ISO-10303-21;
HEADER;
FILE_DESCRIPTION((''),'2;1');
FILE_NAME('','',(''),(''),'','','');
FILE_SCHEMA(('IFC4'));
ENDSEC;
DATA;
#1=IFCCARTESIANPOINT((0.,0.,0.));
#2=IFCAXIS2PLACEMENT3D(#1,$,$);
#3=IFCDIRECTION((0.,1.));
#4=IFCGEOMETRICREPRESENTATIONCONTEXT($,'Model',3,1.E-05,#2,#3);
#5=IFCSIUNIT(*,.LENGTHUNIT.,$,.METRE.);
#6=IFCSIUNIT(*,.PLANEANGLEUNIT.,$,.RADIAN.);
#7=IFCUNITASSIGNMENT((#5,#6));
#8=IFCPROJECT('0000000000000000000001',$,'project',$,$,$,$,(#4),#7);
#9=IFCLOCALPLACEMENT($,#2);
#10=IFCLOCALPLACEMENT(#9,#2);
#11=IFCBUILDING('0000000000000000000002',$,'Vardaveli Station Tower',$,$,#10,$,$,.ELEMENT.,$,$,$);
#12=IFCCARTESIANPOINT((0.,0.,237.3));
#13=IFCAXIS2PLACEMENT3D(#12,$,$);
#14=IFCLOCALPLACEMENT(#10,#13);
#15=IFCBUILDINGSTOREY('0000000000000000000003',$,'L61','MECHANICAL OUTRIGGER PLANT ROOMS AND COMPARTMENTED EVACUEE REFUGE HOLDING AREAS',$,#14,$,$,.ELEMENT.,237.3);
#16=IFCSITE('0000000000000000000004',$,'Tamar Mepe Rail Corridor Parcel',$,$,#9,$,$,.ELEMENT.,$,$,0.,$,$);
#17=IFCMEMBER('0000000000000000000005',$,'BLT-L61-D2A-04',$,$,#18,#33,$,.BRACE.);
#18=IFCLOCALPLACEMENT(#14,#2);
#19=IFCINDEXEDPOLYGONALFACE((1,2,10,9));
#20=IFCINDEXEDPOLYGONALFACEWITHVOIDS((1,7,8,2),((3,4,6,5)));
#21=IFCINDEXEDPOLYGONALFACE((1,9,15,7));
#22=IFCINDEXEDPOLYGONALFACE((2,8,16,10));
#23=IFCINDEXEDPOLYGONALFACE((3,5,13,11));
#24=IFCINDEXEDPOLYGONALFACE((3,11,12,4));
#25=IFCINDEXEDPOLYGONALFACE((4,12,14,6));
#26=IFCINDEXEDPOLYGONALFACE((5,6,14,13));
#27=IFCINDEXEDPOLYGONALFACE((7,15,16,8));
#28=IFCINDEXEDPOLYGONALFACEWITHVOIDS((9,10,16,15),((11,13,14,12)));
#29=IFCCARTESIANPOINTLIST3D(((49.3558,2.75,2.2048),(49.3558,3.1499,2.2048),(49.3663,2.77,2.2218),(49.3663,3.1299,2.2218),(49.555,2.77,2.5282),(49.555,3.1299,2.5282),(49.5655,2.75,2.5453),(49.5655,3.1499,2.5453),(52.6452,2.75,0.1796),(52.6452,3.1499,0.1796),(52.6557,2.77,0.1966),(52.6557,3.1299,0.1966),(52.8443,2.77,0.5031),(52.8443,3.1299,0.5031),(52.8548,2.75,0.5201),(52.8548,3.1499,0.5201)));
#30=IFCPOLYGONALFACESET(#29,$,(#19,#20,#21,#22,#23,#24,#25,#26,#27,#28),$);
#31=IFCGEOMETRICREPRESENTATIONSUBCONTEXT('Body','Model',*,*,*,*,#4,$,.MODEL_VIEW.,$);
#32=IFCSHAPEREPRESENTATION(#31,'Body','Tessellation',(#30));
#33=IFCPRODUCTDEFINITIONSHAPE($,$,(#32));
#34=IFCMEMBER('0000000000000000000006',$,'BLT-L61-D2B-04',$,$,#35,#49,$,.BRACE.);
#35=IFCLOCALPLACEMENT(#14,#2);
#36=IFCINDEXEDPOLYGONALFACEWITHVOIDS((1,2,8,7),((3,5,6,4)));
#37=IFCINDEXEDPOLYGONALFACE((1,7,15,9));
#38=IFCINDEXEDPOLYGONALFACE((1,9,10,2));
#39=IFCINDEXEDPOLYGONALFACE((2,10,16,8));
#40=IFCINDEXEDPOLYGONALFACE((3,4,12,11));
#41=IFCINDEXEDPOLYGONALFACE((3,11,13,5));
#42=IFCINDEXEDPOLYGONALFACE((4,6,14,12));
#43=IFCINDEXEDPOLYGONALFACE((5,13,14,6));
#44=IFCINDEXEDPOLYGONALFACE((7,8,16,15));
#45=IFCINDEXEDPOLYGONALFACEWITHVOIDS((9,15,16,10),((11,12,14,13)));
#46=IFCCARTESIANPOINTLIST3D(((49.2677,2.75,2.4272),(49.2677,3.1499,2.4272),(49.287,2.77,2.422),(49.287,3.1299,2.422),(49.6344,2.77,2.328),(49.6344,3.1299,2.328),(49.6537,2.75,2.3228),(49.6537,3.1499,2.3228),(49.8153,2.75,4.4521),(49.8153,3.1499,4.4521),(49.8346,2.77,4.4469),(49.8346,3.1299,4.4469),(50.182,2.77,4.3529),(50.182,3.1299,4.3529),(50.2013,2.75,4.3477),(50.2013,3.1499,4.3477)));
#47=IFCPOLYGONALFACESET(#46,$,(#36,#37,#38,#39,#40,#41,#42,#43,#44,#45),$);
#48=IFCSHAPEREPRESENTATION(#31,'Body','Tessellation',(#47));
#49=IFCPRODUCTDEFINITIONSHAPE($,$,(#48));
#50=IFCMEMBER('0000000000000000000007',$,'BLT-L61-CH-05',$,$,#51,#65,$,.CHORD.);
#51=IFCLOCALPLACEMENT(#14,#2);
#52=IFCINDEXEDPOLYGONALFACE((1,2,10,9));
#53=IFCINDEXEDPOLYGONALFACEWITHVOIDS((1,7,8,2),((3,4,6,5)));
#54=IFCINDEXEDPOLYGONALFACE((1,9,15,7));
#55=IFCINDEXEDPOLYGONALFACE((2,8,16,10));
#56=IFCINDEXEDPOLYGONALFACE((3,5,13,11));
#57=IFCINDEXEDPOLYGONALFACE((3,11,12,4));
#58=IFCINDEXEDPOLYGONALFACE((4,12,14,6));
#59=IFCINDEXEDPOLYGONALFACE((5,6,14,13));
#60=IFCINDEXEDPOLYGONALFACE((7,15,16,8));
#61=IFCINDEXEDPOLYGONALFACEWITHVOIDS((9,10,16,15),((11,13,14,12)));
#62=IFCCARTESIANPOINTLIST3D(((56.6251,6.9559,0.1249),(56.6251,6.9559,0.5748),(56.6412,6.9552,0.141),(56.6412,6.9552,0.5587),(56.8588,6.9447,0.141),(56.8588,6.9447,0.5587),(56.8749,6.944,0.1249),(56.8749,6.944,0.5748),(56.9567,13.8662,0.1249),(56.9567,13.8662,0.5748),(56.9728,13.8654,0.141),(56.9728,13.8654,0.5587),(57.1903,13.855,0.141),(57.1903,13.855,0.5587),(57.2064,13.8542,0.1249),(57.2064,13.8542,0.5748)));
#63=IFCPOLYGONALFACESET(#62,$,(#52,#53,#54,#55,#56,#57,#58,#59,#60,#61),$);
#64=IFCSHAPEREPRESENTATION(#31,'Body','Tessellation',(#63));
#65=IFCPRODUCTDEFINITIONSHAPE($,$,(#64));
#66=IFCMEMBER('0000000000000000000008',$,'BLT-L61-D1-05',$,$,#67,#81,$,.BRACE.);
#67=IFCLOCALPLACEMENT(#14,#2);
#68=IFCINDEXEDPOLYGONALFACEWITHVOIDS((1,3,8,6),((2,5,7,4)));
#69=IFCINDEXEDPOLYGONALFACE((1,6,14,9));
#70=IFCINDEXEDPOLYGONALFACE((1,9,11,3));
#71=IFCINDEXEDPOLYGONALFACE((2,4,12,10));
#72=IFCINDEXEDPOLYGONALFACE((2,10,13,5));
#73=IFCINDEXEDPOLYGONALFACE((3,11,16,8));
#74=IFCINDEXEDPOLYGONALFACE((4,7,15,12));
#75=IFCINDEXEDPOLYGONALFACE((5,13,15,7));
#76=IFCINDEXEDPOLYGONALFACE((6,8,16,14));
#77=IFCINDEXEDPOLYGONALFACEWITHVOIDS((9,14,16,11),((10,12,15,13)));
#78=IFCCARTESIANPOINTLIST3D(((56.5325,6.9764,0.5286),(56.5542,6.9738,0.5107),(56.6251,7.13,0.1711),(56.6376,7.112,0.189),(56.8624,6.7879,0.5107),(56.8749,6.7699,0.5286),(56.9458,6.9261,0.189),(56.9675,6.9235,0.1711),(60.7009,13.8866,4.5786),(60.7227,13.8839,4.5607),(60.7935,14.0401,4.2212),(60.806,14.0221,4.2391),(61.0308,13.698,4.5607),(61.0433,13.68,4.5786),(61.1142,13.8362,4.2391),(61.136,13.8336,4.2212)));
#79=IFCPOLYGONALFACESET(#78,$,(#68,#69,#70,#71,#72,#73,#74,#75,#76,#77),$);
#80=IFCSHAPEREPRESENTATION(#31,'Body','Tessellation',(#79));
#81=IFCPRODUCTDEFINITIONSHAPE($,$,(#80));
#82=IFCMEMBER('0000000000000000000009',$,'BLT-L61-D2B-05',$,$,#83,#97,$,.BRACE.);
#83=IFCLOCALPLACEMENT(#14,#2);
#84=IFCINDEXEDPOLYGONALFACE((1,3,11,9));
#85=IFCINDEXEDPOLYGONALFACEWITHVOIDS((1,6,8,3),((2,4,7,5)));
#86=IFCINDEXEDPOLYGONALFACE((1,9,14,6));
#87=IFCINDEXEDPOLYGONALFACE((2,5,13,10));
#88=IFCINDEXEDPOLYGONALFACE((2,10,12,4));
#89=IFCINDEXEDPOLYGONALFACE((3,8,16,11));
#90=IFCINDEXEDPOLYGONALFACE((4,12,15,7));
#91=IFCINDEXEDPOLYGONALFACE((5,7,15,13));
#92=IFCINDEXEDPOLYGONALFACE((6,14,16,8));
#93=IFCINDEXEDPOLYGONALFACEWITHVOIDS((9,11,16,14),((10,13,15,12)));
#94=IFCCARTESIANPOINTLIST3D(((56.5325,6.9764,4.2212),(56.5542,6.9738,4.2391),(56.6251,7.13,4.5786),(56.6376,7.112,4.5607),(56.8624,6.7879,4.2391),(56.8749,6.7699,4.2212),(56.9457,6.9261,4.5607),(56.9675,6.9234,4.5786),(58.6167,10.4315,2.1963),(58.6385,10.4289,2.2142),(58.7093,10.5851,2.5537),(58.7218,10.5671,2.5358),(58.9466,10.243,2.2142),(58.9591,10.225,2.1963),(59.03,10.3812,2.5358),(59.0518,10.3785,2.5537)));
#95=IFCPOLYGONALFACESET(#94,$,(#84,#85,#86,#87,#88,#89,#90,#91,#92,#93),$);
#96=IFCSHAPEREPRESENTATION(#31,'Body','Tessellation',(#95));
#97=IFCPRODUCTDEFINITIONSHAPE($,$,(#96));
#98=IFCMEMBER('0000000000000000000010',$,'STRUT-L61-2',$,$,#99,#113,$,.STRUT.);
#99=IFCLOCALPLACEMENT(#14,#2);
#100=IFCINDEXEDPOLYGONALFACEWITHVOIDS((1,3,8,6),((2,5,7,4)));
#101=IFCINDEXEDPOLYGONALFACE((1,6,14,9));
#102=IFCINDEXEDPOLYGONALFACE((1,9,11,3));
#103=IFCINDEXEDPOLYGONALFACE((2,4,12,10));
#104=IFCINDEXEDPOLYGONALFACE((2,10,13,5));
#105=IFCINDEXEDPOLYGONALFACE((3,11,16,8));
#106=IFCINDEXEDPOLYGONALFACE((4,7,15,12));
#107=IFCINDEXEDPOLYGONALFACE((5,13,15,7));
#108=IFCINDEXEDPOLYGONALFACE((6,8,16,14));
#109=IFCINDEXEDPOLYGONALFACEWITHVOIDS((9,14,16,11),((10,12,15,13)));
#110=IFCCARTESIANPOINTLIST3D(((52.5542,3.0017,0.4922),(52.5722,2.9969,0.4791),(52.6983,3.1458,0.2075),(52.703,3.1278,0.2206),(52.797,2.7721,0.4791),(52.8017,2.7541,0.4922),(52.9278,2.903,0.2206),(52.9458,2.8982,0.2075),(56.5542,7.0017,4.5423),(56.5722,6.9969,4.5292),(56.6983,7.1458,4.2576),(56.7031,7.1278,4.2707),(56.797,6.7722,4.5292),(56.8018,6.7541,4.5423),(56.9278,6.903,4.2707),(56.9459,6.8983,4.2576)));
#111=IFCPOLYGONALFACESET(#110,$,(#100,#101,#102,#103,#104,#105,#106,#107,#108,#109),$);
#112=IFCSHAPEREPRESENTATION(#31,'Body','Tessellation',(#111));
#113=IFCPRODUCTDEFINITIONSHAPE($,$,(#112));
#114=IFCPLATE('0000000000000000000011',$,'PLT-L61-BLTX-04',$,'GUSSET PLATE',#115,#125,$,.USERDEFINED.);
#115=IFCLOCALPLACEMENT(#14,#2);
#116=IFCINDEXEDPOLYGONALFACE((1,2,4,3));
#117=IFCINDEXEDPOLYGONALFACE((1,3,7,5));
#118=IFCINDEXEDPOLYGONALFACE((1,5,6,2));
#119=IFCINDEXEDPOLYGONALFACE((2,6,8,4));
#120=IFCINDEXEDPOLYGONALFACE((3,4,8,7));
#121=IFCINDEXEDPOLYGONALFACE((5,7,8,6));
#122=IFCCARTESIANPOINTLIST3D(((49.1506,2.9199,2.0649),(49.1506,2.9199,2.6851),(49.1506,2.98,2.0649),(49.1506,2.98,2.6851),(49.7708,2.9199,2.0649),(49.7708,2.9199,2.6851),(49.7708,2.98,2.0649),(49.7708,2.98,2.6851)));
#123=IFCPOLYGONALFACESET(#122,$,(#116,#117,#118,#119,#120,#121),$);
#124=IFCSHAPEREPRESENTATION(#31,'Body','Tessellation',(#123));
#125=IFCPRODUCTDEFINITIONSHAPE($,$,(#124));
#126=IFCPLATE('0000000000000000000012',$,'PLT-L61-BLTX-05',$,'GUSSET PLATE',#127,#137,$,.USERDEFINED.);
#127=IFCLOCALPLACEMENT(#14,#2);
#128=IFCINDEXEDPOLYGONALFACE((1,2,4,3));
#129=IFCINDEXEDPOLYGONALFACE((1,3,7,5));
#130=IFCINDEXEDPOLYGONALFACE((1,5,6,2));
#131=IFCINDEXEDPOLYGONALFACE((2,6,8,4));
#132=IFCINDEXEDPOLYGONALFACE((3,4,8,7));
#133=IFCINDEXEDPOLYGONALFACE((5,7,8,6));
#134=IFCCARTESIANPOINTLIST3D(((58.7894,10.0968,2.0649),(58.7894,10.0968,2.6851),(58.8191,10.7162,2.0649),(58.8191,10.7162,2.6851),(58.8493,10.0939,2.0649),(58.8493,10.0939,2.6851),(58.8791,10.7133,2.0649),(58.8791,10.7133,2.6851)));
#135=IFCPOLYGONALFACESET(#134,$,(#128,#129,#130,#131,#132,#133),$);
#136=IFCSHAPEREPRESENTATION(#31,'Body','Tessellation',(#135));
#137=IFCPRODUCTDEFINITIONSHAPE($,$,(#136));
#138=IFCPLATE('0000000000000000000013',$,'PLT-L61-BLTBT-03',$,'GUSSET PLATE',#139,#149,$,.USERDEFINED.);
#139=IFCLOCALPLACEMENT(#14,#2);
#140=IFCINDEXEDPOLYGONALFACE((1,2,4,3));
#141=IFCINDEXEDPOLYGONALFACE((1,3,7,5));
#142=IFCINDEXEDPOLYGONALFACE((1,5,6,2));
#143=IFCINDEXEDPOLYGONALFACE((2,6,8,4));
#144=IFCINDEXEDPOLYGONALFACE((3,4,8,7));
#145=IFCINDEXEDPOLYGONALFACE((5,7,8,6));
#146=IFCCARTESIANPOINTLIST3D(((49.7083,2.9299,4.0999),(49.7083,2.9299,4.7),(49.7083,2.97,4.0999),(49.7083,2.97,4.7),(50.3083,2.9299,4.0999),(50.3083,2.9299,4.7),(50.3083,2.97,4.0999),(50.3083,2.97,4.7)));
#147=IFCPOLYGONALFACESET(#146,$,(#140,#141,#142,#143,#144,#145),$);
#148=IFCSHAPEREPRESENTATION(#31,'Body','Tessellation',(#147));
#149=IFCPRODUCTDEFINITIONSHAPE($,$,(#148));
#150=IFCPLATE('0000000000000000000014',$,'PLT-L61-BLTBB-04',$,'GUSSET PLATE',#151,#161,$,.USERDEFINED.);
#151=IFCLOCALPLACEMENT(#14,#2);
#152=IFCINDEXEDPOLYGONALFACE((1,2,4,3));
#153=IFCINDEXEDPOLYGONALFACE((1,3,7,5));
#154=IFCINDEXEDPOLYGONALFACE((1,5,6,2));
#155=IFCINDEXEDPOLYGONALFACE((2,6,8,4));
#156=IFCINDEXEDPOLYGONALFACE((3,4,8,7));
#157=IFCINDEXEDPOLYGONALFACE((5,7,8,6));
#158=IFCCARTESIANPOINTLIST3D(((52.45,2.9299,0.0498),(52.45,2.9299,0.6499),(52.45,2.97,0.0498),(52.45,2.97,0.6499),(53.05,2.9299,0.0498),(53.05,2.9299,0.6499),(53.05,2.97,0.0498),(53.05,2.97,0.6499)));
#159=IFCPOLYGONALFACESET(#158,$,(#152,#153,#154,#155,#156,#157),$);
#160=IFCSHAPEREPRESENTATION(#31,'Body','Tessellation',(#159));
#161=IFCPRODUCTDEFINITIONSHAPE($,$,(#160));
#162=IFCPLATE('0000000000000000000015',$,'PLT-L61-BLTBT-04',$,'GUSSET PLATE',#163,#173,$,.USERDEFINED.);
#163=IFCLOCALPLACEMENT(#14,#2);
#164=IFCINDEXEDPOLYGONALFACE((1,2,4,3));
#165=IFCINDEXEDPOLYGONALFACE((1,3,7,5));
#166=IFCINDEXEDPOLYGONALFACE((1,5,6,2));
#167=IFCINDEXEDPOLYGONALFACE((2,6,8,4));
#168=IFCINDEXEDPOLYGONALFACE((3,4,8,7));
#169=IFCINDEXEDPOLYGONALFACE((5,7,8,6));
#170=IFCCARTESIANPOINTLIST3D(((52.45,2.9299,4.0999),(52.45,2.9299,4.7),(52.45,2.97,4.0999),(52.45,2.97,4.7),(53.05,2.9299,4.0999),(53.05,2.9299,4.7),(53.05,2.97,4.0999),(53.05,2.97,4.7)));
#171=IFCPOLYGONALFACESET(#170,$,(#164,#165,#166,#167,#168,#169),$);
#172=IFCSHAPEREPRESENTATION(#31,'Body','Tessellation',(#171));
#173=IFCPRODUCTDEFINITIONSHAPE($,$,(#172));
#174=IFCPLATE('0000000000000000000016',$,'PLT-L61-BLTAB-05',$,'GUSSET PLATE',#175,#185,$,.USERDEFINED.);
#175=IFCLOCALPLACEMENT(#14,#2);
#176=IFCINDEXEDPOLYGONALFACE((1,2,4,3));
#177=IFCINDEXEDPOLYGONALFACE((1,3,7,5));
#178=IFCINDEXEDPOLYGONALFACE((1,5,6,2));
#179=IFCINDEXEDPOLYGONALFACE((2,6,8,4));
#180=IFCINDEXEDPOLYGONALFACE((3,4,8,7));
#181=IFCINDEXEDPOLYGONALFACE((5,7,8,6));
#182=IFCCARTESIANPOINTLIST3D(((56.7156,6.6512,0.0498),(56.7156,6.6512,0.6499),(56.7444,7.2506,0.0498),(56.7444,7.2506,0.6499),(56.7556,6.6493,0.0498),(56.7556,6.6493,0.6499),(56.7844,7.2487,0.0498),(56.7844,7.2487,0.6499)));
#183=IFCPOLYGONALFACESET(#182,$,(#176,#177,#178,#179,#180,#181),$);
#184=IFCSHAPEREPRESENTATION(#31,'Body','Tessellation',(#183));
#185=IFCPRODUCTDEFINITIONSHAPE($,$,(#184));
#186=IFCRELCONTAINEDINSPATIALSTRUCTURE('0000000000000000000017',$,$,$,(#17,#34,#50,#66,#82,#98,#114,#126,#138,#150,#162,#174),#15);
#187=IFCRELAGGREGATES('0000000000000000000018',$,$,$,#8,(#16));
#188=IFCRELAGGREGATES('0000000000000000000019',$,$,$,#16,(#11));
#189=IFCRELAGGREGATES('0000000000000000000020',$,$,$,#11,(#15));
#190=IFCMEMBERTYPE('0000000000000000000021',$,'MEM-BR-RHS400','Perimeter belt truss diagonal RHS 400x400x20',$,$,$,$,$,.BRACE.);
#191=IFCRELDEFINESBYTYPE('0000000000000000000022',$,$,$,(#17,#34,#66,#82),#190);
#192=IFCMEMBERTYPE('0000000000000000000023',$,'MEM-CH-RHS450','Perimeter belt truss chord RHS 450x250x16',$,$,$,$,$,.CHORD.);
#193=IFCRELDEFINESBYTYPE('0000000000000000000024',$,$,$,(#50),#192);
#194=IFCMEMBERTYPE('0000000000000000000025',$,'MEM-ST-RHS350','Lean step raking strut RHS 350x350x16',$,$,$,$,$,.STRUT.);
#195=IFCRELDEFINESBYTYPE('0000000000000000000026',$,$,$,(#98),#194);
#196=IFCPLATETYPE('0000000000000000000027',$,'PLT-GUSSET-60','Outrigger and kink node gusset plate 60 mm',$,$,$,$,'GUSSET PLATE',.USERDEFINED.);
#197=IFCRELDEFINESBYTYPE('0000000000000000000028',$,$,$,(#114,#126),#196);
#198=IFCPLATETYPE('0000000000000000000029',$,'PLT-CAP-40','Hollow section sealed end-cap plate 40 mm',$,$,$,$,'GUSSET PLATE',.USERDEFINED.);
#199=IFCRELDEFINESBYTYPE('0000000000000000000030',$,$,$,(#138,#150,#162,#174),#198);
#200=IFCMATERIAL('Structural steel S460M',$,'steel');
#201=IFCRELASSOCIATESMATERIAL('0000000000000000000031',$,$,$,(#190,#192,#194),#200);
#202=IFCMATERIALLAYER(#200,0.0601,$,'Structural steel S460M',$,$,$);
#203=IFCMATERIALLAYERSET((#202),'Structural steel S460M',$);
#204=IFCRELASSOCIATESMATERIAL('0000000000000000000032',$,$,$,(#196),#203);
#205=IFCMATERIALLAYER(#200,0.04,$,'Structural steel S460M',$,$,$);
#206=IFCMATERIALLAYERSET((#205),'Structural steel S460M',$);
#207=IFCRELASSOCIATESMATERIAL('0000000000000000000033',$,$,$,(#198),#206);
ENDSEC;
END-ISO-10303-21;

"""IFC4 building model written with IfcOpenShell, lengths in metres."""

from ifc_helpers import new_model, si_unit, direction, frame, origin, origin_2d, place, context, subcontext, project, spatial, rectangle, hollow_rectangle, extrude, source, transform, mapped, material, layer, layer_set, material_profile, profile_set, type_object, element, save


model = new_model("IFC4")

# Units and contexts
model_context = context("Model", 3, precision=1e-05, world=origin(), true_north=direction((0.0, 1.0)))
body_context = subcontext(model_context, "Body", "Model", "MODEL_VIEW")
ifc_project = project(units=[si_unit("LENGTHUNIT", "METRE"), si_unit("PLANEANGLEUNIT", "RADIAN")], contexts=[model_context])

# Site, building, storey
site_placement = place(None, origin())
site = spatial("IfcSite", under=ifc_project, at=site_placement, Name="Tamar Mepe Rail Corridor Parcel", CompositionType="ELEMENT", RefElevation=0.0)
building_placement = place(site_placement, origin())
building = spatial("IfcBuilding", under=site, at=building_placement, Name="Vardaveli Station Tower", CompositionType="ELEMENT")
storey_placement = place(building_placement, frame((0.0, 0.0, 237.3)))
storey = spatial("IfcBuildingStorey", under=building, at=storey_placement, Name="L61", Description="MECHANICAL OUTRIGGER PLANT ROOMS AND COMPARTMENTED EVACUEE REFUGE HOLDING AREAS", CompositionType="ELEMENT", Elevation=237.3)

# Shared definitions
ifc_material_1 = material(Name="Structural steel S460M", Category="steel")

# Members
ifc_material_profile_1 = material_profile(ifc_material_1, hollow_rectangle(XDim=0.3999, YDim=0.3999, WallThickness=0.02, at=origin_2d()), Name="RHS 400x400x20")
ifc_profile_set_1 = profile_set([ifc_material_profile_1], Name="Structural steel S460M")
member_type_1 = type_object("IfcMemberType", Name="MEM-BR-RHS400", Description="Perimeter belt truss diagonal RHS 400x400x20", PredefinedType="BRACE", material=ifc_profile_set_1)
shared_shape_1 = source(origin(), body_context, "Body", "SweptSolid", [
    extrude(hollow_rectangle(XDim=0.3999, YDim=0.3999, WallThickness=0.02, at=origin_2d()), origin(), (0.0, 0.0, 1.0), 3.8628),
])
member_1_placement = place(storey_placement, frame((52.75, 2.95, 0.3499), z_axis=(-0.851548, 0.0, 0.524277), x_axis=(0.0, -1.0, 0.0)))
element("IfcMember", 1, at=member_1_placement, inside=storey, type_object=member_type_1, Name="BLT-L61-D2A-04", PredefinedType="BRACE", context=body_context, shape_type="MappedRepresentation", body=[
    mapped(shared_shape_1, transform((0.0, 0.0, 0.0), scale=1.0)),
])
shared_shape_2 = source(origin(), body_context, "Body", "SweptSolid", [
    extrude(hollow_rectangle(XDim=0.3999, YDim=0.3999, WallThickness=0.02, at=origin_2d()), origin(), (0.0, 0.0, 1.0), 2.0977),
])
member_2_placement = place(storey_placement, frame((49.4607, 2.95, 2.375), z_axis=(0.261059, 0.0, 0.965323), x_axis=(0.0, 1.0, 0.0)))
element("IfcMember", 2, at=member_2_placement, inside=storey, type_object=member_type_1, Name="BLT-L61-D2B-04", PredefinedType="BRACE", context=body_context, shape_type="MappedRepresentation", body=[
    mapped(shared_shape_2, transform((0.0, 0.0, 0.0), scale=1.0)),
])
ifc_material_profile_2 = material_profile(ifc_material_1, hollow_rectangle(XDim=0.25, YDim=0.45, WallThickness=0.0161, at=origin_2d()), Name="RHS 450x250x16")
ifc_profile_set_2 = profile_set([ifc_material_profile_2], Name="Structural steel S460M")
member_type_2 = type_object("IfcMemberType", Name="MEM-CH-RHS450", Description="Perimeter belt truss chord RHS 450x250x16", PredefinedType="CHORD", material=ifc_profile_set_2)
shared_shape_3 = source(origin(), body_context, "Body", "SweptSolid", [
    extrude(hollow_rectangle(XDim=0.25, YDim=0.45, WallThickness=0.0161, at=origin_2d()), origin(), (0.0, 0.0, 1.0), 6.9182),
])
member_3_placement = place(storey_placement, frame((56.75, 6.95, 0.3499), z_axis=(0.047924, 0.998851, 0.0), x_axis=(-0.998851, 0.047924, 0.0)))
element("IfcMember", 3, at=member_3_placement, inside=storey, type_object=member_type_2, Name="BLT-L61-CH-05", PredefinedType="CHORD", context=body_context, shape_type="MappedRepresentation", body=[
    mapped(shared_shape_3, transform((0.0, 0.0, 0.0), scale=1.0)),
])
shared_shape_4 = source(origin(), body_context, "Body", "SweptSolid", [
    extrude(hollow_rectangle(XDim=0.3999, YDim=0.3999, WallThickness=0.02, at=origin_2d()), origin(), (0.0, 0.0, 1.0), 9.0293),
])
member_4_placement = place(storey_placement, frame((56.75, 6.95, 0.3499), z_axis=(0.461656, 0.765299, 0.448543), x_axis=(-0.856268, 0.516532, 0.0)))
element("IfcMember", 4, at=member_4_placement, inside=storey, type_object=member_type_1, Name="BLT-L61-D1-05", PredefinedType="BRACE", context=body_context, shape_type="MappedRepresentation", body=[
    mapped(shared_shape_4, transform((0.0, 0.0, 0.0), scale=1.0)),
])
shared_shape_5 = source(origin(), body_context, "Body", "SweptSolid", [
    extrude(hollow_rectangle(XDim=0.3999, YDim=0.3999, WallThickness=0.02, at=origin_2d()), origin(), (0.0, 0.0, 1.0), 4.5146),
])
member_5_placement = place(storey_placement, frame((58.8342, 10.405, 2.375), z_axis=(-0.461662, -0.765309, 0.448521), x_axis=(0.856268, -0.516532, 0.0)))
element("IfcMember", 5, at=member_5_placement, inside=storey, type_object=member_type_1, Name="BLT-L61-D2B-05", PredefinedType="BRACE", context=body_context, shape_type="MappedRepresentation", body=[
    mapped(shared_shape_5, transform((0.0, 0.0, 0.0), scale=1.0)),
])
ifc_material_profile_3 = material_profile(ifc_material_1, hollow_rectangle(XDim=0.3501, YDim=0.3501, WallThickness=0.0161, at=origin_2d()), Name="RHS 350x350x16")
ifc_profile_set_3 = profile_set([ifc_material_profile_3], Name="Structural steel S460M")
member_type_3 = type_object("IfcMemberType", Name="MEM-ST-RHS350", Description="Lean step raking strut RHS 350x350x16", PredefinedType="STRUT", material=ifc_profile_set_3)
shared_shape_6 = source(origin(), body_context, "Body", "SweptSolid", [
    extrude(hollow_rectangle(XDim=0.3501, YDim=0.3501, WallThickness=0.0161, at=origin_2d()), origin(), (0.0, 0.0, 1.0), 6.9573),
])
member_6_placement = place(storey_placement, frame((52.75, 2.95, 0.3499), z_axis=(0.574942, 0.574942, 0.582136), x_axis=(-0.707107, 0.707107, 0.0)))
element("IfcMember", 6, at=member_6_placement, inside=storey, type_object=member_type_3, Name="STRUT-L61-2", PredefinedType="STRUT", context=body_context, shape_type="MappedRepresentation", body=[
    mapped(shared_shape_6, transform((0.0, 0.0, 0.0), scale=1.0)),
])

# Plates
ifc_layer_1 = layer(ifc_material_1, 0.0601, Name="Structural steel S460M")
ifc_layer_set_1 = layer_set([ifc_layer_1], Name="Structural steel S460M")
plate_type_1 = type_object("IfcPlateType", Name="PLT-GUSSET-60", Description="Outrigger and kink node gusset plate 60 mm", ElementType="GUSSET PLATE", PredefinedType="USERDEFINED", material=ifc_layer_set_1)
shared_shape_7 = source(origin(), body_context, "Body", "SweptSolid", [
    extrude(rectangle(XDim=0.6201, YDim=0.0601, at=origin_2d()), origin(), (0.0, 0.0, 1.0), 0.6201),
])
for number, where, z_axis, x_axis, name in (
    (7, (49.4607, 2.95, 2.0649), (0.0, 0.0, 1.0), (1.0, 0.0, 0.0), "PLT-L61-BLTX-04"),
    (8, (58.8342, 10.405, 2.0649), (0.0, 0.0, 1.0), (0.047978, 0.998848, 0.0), "PLT-L61-BLTX-05"),
):
    element("IfcPlate", number, at=place(storey_placement, frame(where, z_axis=z_axis, x_axis=x_axis)), inside=storey, type_object=plate_type_1, Name=name, ObjectType="GUSSET PLATE", PredefinedType="USERDEFINED", context=body_context, shape_type="MappedRepresentation", body=[
        mapped(shared_shape_7, transform((0.0, 0.0, 0.0), scale=1.0)),
    ])
ifc_layer_2 = layer(ifc_material_1, 0.04, Name="Structural steel S460M")
ifc_layer_set_2 = layer_set([ifc_layer_2], Name="Structural steel S460M")
plate_type_2 = type_object("IfcPlateType", Name="PLT-CAP-40", Description="Hollow section sealed end-cap plate 40 mm", ElementType="GUSSET PLATE", PredefinedType="USERDEFINED", material=ifc_layer_set_2)
shared_shape_8 = source(origin(), body_context, "Body", "SweptSolid", [
    extrude(rectangle(XDim=0.6001, YDim=0.04, at=origin_2d()), origin(), (0.0, 0.0, 1.0), 0.6001),
])
for number, where, z_axis, x_axis, name in (
    (9, (50.0083, 2.95, 4.0999), (0.0, 0.0, 1.0), (1.0, 0.0, 0.0), "PLT-L61-BLTBT-03"),
    (10, (52.75, 2.95, 0.0498), (0.0, 0.0, 1.0), (1.0, 0.0, 0.0), "PLT-L61-BLTBB-04"),
    (11, (52.75, 2.95, 4.0999), (0.0, 0.0, 1.0), (1.0, 0.0, 0.0), "PLT-L61-BLTBT-04"),
    (12, (56.75, 6.95, 0.0498), (0.0, 0.0, 1.0), (0.047978, 0.998848, 0.0), "PLT-L61-BLTAB-05"),
):
    element("IfcPlate", number, at=place(storey_placement, frame(where, z_axis=z_axis, x_axis=x_axis)), inside=storey, type_object=plate_type_2, Name=name, ObjectType="GUSSET PLATE", PredefinedType="USERDEFINED", context=body_context, shape_type="MappedRepresentation", body=[
        mapped(shared_shape_8, transform((0.0, 0.0, 0.0), scale=1.0)),
    ])

save(model, "model.ifc")
